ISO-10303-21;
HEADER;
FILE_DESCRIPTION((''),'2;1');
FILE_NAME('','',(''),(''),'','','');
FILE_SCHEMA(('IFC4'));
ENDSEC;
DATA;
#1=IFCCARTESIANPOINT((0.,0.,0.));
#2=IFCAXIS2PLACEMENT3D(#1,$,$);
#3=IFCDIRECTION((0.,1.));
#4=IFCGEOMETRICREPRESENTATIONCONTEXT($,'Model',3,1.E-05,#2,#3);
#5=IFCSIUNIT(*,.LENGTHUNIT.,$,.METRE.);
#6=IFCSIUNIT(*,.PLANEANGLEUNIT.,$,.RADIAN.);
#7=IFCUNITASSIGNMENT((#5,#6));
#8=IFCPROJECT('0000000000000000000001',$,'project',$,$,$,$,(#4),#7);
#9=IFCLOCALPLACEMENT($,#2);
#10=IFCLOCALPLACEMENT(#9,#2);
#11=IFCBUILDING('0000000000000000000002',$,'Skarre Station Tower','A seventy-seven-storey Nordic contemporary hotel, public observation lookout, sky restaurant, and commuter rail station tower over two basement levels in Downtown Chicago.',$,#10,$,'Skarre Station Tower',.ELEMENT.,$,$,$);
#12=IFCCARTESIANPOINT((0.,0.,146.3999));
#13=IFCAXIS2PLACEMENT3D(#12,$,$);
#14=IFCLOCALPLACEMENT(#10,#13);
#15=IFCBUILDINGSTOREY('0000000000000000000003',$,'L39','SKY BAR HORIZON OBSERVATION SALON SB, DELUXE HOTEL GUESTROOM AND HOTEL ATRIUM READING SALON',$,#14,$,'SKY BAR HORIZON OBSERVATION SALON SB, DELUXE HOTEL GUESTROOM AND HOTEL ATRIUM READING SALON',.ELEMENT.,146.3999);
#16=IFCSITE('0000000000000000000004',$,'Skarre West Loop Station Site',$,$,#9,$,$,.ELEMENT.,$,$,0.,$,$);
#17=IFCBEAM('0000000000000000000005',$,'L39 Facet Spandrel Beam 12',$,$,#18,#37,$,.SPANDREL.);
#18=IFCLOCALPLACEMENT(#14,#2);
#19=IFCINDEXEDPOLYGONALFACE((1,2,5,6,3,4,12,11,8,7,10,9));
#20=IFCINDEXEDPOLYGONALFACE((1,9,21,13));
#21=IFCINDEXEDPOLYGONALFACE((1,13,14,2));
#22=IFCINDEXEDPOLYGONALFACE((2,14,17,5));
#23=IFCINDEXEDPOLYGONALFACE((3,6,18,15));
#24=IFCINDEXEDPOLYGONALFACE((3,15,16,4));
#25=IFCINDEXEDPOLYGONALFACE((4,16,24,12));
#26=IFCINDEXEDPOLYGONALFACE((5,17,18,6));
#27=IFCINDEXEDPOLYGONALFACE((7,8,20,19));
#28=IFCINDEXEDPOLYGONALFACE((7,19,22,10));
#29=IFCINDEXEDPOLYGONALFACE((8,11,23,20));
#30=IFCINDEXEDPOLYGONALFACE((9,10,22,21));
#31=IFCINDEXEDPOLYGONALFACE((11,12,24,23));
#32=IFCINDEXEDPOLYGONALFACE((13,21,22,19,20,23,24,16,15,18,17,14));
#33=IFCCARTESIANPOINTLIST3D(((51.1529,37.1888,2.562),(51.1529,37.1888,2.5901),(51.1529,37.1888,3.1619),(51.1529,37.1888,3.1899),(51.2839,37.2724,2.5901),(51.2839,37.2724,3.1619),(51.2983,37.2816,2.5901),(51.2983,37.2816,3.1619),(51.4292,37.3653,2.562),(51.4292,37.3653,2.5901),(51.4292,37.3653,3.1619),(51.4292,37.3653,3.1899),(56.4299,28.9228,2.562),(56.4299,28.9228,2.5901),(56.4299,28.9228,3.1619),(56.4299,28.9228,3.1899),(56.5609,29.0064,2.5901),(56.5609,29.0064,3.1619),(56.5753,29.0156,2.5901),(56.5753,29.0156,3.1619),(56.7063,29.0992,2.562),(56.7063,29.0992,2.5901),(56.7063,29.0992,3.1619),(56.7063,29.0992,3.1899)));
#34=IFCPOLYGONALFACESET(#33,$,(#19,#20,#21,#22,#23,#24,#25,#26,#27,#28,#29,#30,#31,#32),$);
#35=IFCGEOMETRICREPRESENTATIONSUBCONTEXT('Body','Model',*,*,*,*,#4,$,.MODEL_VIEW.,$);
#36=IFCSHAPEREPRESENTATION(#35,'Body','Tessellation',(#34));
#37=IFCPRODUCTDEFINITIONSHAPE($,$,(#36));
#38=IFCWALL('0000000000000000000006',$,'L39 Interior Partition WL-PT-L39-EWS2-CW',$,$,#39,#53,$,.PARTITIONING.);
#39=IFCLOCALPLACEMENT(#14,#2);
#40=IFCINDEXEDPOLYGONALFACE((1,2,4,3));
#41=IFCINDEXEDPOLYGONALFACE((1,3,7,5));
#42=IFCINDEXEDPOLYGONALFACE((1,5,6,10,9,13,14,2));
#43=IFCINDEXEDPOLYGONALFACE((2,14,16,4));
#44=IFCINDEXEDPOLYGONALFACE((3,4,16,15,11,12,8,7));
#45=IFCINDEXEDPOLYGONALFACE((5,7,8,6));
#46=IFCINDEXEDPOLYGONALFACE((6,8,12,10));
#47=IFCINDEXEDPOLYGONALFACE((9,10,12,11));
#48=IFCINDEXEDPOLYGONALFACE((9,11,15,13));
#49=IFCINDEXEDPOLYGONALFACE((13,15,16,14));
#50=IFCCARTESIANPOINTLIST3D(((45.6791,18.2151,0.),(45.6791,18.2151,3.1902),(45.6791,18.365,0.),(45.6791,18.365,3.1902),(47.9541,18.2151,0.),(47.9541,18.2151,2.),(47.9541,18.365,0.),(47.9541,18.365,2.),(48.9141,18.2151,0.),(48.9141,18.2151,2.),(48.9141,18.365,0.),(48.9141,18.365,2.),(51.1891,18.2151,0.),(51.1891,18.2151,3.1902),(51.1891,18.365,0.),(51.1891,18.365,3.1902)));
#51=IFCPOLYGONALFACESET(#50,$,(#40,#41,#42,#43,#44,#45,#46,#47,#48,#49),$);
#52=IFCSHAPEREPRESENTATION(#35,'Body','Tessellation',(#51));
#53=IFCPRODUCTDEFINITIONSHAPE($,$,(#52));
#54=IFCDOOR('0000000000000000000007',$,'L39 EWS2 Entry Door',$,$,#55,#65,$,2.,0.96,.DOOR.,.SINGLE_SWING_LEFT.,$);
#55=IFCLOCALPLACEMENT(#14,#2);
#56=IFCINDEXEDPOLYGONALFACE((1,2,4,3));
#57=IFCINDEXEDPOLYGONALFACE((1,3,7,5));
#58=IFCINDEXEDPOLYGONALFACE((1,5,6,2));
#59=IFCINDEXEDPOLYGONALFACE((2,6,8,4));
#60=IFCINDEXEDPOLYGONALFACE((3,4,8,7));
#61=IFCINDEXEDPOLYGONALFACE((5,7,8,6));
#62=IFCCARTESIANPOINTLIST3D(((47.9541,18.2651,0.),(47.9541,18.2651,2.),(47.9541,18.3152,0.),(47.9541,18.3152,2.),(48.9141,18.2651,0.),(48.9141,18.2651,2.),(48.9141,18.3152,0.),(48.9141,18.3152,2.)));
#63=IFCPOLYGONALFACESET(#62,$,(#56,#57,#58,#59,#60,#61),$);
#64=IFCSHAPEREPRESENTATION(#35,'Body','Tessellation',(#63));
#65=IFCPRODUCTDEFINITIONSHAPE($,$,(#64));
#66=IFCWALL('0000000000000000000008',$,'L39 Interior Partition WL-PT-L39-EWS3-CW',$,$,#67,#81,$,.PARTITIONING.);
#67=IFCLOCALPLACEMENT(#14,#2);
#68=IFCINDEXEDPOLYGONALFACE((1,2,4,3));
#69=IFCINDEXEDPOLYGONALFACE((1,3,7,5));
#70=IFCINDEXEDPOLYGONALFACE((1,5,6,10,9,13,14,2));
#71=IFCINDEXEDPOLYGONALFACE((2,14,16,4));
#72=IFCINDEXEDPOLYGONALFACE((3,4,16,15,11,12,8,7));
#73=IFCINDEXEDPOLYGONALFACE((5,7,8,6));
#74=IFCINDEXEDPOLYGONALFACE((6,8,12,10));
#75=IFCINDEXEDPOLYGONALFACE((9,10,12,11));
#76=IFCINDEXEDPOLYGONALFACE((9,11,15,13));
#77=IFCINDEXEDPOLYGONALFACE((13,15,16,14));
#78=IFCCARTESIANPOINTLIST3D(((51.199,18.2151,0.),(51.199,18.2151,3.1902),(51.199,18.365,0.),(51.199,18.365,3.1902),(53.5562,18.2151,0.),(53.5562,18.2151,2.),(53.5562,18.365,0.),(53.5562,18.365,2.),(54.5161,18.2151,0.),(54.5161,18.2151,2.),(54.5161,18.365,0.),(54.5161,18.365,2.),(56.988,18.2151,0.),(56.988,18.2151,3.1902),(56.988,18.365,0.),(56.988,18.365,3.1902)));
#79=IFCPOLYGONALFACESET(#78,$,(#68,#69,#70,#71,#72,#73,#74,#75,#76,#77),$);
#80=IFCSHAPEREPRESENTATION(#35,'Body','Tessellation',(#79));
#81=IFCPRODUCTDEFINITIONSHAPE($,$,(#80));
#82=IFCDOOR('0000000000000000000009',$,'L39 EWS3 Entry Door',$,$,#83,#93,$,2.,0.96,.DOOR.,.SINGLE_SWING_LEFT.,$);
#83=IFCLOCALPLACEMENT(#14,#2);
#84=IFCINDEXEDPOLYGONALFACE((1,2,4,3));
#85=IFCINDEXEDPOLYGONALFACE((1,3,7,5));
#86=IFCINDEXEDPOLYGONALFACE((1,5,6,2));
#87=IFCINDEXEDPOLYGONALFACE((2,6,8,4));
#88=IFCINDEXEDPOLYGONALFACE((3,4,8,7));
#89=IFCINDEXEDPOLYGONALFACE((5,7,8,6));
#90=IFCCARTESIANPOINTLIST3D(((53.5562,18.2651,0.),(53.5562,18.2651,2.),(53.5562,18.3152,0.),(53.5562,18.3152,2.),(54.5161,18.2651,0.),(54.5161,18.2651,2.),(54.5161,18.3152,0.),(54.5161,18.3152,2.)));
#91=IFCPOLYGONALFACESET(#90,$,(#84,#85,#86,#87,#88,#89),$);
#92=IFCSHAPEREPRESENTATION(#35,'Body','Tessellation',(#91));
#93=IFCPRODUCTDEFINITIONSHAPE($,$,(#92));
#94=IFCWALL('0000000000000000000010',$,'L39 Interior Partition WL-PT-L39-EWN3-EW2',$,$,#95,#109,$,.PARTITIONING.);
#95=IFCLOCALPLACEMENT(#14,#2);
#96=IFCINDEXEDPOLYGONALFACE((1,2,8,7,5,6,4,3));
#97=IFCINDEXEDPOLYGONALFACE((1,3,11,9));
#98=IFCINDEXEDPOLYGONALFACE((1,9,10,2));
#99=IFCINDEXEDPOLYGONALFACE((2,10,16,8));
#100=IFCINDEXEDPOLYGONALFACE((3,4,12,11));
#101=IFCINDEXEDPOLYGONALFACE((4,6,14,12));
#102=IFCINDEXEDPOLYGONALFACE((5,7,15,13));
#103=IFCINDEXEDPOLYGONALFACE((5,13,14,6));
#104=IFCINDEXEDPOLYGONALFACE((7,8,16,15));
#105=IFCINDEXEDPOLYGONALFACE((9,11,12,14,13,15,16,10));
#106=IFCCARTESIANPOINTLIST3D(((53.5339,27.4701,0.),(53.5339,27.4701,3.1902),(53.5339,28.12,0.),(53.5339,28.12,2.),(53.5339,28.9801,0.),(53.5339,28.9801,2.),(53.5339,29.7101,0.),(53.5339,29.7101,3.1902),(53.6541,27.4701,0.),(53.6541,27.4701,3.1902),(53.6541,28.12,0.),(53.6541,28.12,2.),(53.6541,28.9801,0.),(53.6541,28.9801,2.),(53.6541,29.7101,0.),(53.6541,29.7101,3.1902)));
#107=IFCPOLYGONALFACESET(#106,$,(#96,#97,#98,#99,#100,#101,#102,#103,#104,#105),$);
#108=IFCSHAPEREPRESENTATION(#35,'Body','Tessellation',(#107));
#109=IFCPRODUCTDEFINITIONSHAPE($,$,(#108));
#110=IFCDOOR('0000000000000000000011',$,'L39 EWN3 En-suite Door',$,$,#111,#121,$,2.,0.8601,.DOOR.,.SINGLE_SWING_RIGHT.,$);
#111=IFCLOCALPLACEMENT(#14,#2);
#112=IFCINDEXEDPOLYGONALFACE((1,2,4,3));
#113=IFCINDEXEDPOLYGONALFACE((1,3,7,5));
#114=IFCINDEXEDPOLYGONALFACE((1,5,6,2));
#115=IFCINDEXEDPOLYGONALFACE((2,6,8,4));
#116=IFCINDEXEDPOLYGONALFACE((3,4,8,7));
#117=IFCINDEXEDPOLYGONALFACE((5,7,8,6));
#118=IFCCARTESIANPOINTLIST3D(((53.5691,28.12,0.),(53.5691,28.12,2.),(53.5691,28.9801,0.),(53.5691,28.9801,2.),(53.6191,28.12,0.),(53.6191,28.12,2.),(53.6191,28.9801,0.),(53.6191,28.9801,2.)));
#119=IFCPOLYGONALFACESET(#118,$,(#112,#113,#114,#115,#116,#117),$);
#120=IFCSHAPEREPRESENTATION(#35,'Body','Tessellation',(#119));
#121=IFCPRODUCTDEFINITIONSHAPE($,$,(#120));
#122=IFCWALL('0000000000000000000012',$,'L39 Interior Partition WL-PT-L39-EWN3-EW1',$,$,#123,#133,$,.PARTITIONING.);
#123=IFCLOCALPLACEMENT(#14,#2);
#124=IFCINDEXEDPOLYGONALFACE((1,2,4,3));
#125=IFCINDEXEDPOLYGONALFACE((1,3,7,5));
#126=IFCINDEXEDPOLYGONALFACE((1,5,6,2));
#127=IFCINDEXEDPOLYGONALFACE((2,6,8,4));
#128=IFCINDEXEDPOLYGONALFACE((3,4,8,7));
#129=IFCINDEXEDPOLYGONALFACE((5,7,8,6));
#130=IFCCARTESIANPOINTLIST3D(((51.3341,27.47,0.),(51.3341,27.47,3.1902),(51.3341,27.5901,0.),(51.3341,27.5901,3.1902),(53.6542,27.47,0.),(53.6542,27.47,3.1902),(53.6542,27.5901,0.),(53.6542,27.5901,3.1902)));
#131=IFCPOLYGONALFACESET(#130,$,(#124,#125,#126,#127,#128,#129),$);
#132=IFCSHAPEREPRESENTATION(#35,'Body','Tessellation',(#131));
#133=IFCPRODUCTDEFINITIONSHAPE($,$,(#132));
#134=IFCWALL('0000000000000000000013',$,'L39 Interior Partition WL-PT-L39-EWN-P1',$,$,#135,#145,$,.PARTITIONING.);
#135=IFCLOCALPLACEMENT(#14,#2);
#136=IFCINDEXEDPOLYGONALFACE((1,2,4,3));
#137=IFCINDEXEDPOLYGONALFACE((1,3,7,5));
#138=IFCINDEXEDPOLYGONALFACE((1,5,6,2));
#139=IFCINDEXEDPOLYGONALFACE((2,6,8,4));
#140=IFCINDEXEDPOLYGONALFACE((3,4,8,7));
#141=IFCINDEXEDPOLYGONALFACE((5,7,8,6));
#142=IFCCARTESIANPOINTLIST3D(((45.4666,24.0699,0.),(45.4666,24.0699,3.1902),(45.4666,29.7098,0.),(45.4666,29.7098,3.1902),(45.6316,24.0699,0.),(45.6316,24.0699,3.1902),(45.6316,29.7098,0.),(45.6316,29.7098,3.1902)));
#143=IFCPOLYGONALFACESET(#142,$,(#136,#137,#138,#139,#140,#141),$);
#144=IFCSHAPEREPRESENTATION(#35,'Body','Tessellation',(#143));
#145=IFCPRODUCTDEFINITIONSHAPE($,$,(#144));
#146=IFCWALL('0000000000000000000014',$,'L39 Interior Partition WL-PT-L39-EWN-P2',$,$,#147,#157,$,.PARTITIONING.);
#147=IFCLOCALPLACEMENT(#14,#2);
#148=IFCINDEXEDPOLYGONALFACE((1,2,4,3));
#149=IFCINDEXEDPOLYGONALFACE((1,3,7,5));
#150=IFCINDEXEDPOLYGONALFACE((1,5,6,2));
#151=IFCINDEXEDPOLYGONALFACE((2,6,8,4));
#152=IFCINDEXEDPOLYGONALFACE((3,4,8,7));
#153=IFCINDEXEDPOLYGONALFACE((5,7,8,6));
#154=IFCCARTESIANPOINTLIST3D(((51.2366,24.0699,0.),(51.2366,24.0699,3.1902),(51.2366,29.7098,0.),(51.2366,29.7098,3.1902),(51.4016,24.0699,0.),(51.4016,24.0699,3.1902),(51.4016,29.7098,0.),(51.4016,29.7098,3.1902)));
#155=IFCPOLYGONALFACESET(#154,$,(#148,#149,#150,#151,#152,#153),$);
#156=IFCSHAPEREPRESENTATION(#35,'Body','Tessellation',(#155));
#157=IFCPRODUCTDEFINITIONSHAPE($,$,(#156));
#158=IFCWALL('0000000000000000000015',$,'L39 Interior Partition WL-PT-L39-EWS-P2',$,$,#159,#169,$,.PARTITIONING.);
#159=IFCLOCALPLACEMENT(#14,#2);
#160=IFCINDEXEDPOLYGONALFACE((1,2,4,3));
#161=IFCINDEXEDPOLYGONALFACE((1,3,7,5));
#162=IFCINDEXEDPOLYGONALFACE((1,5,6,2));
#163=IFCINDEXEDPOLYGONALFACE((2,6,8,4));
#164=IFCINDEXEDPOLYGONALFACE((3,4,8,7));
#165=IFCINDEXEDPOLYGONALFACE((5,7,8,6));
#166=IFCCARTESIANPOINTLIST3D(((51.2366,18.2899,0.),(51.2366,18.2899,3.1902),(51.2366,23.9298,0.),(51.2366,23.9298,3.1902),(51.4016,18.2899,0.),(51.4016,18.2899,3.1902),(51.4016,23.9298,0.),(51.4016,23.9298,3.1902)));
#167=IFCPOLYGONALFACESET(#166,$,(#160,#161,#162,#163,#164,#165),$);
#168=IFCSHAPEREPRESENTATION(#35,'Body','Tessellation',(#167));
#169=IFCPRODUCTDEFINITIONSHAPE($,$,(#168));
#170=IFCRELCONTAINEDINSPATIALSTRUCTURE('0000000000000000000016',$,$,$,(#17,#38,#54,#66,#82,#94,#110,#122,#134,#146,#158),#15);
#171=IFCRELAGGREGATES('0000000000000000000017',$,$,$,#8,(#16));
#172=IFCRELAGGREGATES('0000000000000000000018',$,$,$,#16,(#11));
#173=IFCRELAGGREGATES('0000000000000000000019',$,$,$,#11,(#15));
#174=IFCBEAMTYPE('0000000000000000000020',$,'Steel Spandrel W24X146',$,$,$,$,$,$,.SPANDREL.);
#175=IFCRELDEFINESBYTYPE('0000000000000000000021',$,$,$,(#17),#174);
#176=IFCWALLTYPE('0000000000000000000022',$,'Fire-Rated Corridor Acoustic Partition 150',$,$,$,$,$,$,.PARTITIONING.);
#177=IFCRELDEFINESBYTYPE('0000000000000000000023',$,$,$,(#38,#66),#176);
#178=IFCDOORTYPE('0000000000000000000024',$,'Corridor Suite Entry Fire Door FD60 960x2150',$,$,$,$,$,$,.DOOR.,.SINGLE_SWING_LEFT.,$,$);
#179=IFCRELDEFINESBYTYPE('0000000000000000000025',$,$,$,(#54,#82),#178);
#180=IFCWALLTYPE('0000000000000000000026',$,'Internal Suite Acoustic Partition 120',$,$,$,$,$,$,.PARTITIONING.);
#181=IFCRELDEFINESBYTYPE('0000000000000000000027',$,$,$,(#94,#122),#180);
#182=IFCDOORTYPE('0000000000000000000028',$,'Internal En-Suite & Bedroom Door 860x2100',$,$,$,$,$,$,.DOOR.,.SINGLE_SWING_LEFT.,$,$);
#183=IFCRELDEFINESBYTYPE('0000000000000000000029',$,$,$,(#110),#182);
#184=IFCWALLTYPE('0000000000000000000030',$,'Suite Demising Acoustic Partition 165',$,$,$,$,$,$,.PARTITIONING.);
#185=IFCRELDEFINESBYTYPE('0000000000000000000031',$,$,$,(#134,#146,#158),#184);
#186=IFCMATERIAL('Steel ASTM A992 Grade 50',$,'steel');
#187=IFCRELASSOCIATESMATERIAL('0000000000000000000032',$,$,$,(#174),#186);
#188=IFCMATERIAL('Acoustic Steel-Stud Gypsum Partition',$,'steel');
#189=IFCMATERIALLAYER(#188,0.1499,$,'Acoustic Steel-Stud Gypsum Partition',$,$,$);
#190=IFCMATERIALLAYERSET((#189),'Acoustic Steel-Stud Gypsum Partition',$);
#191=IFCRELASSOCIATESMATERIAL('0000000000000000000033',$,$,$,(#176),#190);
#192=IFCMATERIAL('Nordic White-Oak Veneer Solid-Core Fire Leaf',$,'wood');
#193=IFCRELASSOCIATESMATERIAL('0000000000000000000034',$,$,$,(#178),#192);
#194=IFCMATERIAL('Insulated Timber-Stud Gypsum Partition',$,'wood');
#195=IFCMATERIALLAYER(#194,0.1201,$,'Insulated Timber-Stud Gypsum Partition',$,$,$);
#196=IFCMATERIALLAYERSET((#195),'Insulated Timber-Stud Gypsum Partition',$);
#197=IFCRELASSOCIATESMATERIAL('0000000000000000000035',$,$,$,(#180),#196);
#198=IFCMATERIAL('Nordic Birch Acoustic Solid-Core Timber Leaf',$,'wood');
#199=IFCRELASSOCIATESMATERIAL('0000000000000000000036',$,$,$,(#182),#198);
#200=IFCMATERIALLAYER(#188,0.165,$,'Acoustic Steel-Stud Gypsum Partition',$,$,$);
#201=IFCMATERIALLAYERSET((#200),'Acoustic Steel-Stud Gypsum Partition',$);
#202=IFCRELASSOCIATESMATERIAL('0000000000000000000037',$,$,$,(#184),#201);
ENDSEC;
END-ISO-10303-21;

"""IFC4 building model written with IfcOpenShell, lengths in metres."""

from ifc_helpers import new_model, si_unit, direction, frame, frame_2d, origin, origin_2d, place, context, subcontext, project, spatial, rectangle, i_section, extrude, material, layer, layer_set, material_profile, profile_set, type_object, element, fill, save


model = new_model("IFC4")

# Units and contexts
model_context = context("Model", 3, precision=1e-05, world=origin(), true_north=direction((0.0, 1.0)))
body_context = subcontext(model_context, "Body", "Model", "MODEL_VIEW")
ifc_project = project(units=[si_unit("LENGTHUNIT", "METRE"), si_unit("PLANEANGLEUNIT", "RADIAN")], contexts=[model_context])

# Site, building, storey
site_placement = place(None, origin())
site = spatial("IfcSite", under=ifc_project, at=site_placement, Name="Skarre West Loop Station Site", CompositionType="ELEMENT", RefElevation=0.0)
building_placement = place(site_placement, origin())
building = spatial("IfcBuilding", under=site, at=building_placement, Name="Skarre Station Tower", Description="A seventy-seven-storey Nordic contemporary hotel, public observation lookout, sky restaurant, and commuter rail station tower over two basement levels in Downtown Chicago.", LongName="Skarre Station Tower", CompositionType="ELEMENT")
storey_placement = place(building_placement, frame((0.0, 0.0, 146.3999)))
storey = spatial("IfcBuildingStorey", under=building, at=storey_placement, Name="L39", Description="SKY BAR HORIZON OBSERVATION SALON SB, DELUXE HOTEL GUESTROOM AND HOTEL ATRIUM READING SALON", LongName="SKY BAR HORIZON OBSERVATION SALON SB, DELUXE HOTEL GUESTROOM AND HOTEL ATRIUM READING SALON", CompositionType="ELEMENT", Elevation=146.3999)

# Beam
ifc_material_1 = material(Name="Steel ASTM A992 Grade 50", Category="steel")
ifc_material_profile_1 = material_profile(ifc_material_1, i_section(OverallWidth=0.3279, OverallDepth=0.6279, WebThickness=0.0171, FlangeThickness=0.0281, at=origin_2d()), Name="Steel ASTM A992 Grade 50")
ifc_profile_set_1 = profile_set([ifc_material_profile_1], Name="Steel ASTM A992 Grade 50")
beam_type_1 = type_object("IfcBeamType", Name="Steel Spandrel W24X146", PredefinedType="SPANDREL", material=ifc_profile_set_1)
beam_1_placement = place(storey_placement, frame((56.5681, 29.011, 2.876), z_axis=(-0.538098, 0.842883, 0.0), x_axis=(-0.842883, -0.538098, 0.0)))
element("IfcBeam", 1, at=beam_1_placement, inside=storey, type_object=beam_type_1, Name="L39 Facet Spandrel Beam 12", PredefinedType="SPANDREL", context=body_context, shape_type="SweptSolid", body=[
    extrude(i_section(OverallWidth=0.3279, OverallDepth=0.6279, WebThickness=0.0171, FlangeThickness=0.0281, at=origin_2d()), origin(), (0.0, 0.0, 1.0), 9.8069),
])

# Walls, openings, doors
ifc_material_2 = material(Name="Acoustic Steel-Stud Gypsum Partition", Category="steel")
ifc_layer_1 = layer(ifc_material_2, 0.1499, Name="Acoustic Steel-Stud Gypsum Partition")
ifc_layer_set_1 = layer_set([ifc_layer_1], Name="Acoustic Steel-Stud Gypsum Partition")
wall_type_1 = type_object("IfcWallType", Name="Fire-Rated Corridor Acoustic Partition 150", PredefinedType="PARTITIONING", material=ifc_layer_set_1)
wall_1_placement = place(storey_placement, frame((51.189, 18.29, 0.0), z_axis=(0.0, 0.0, 1.0), x_axis=(-1.0, 0.0, 0.0)))
wall_1 = element("IfcWall", 2, at=wall_1_placement, inside=storey, type_object=wall_type_1, Name="L39 Interior Partition WL-PT-L39-EWS2-CW", PredefinedType="PARTITIONING", context=body_context, shape_type="SweptSolid", body=[
    extrude(rectangle(XDim=5.51, YDim=0.1499, at=frame_2d((2.7549, 0.0))), origin(), (0.0, 0.0, 1.0), 3.1902),
])
opening_1_placement = place(wall_1_placement, frame((2.2749, 0.0, 0.0)))
opening_1 = element("IfcOpeningElement", 3, at=opening_1_placement, cuts=wall_1, PredefinedType="OPENING", context=body_context, shape_type="SweptSolid", body=[
    extrude(rectangle(XDim=0.96, YDim=2.0, at=frame_2d((0.48, 1.0))), frame((0.0, 0.085, 0.0), z_axis=(0.0, -1.0, 0.0), x_axis=(1.0, 0.0, 0.0)), (0.0, 0.0, 1.0), 0.1699),
])
ifc_material_3 = material(Name="Nordic White-Oak Veneer Solid-Core Fire Leaf", Category="wood")
door_type_1 = type_object("IfcDoorType", Name="Corridor Suite Entry Fire Door FD60 960x2150", OperationType="SINGLE_SWING_LEFT", PredefinedType="DOOR", material=ifc_material_3)
door_1_placement = place(opening_1_placement, origin())
door_1 = element("IfcDoor", 4, at=door_1_placement, inside=storey, type_object=door_type_1, Name="L39 EWS2 Entry Door", OperationType="SINGLE_SWING_LEFT", OverallHeight=2.0, OverallWidth=0.96, PredefinedType="DOOR", context=body_context, shape_type="SweptSolid", body=[
    extrude(rectangle(XDim=0.96, YDim=2.0, at=frame_2d((0.48, 1.0))), frame((0.0, 0.0249, 0.0), z_axis=(0.0, -1.0, 0.0), x_axis=(1.0, 0.0, 0.0)), (0.0, 0.0, 1.0), 0.05),
])
fill(opening_1, door_1)
wall_2_placement = place(storey_placement, frame((56.988, 18.29, 0.0), z_axis=(0.0, 0.0, 1.0), x_axis=(-1.0, 0.0, 0.0)))
wall_2 = element("IfcWall", 5, at=wall_2_placement, inside=storey, type_object=wall_type_1, Name="L39 Interior Partition WL-PT-L39-EWS3-CW", PredefinedType="PARTITIONING", context=body_context, shape_type="SweptSolid", body=[
    extrude(rectangle(XDim=5.7891, YDim=0.1499, at=frame_2d((2.8945, 0.0))), origin(), (0.0, 0.0, 1.0), 3.1902),
])
opening_2_placement = place(wall_2_placement, frame((2.4719, 0.0, 0.0)))
opening_2 = element("IfcOpeningElement", 6, at=opening_2_placement, cuts=wall_2, PredefinedType="OPENING", context=body_context, shape_type="SweptSolid", body=[
    extrude(rectangle(XDim=0.96, YDim=2.0, at=frame_2d((0.48, 1.0))), frame((0.0, 0.085, 0.0), z_axis=(0.0, -1.0, 0.0), x_axis=(1.0, 0.0, 0.0)), (0.0, 0.0, 1.0), 0.1699),
])
door_2_placement = place(opening_2_placement, origin())
door_2 = element("IfcDoor", 7, at=door_2_placement, inside=storey, type_object=door_type_1, Name="L39 EWS3 Entry Door", OperationType="SINGLE_SWING_LEFT", OverallHeight=2.0, OverallWidth=0.96, PredefinedType="DOOR", context=body_context, shape_type="SweptSolid", body=[
    extrude(rectangle(XDim=0.96, YDim=2.0, at=frame_2d((0.48, 1.0))), frame((0.0, 0.0249, 0.0), z_axis=(0.0, -1.0, 0.0), x_axis=(1.0, 0.0, 0.0)), (0.0, 0.0, 1.0), 0.05),
])
fill(opening_2, door_2)
ifc_material_4 = material(Name="Insulated Timber-Stud Gypsum Partition", Category="wood")
ifc_layer_2 = layer(ifc_material_4, 0.1201, Name="Insulated Timber-Stud Gypsum Partition")
ifc_layer_set_2 = layer_set([ifc_layer_2], Name="Insulated Timber-Stud Gypsum Partition")
wall_type_2 = type_object("IfcWallType", Name="Internal Suite Acoustic Partition 120", PredefinedType="PARTITIONING", material=ifc_layer_set_2)
wall_3_placement = place(storey_placement, frame((53.594, 27.47, 0.0), z_axis=(0.0, 0.0, 1.0), x_axis=(0.0, 1.0, 0.0)))
wall_3 = element("IfcWall", 8, at=wall_3_placement, inside=storey, type_object=wall_type_2, Name="L39 Interior Partition WL-PT-L39-EWN3-EW2", PredefinedType="PARTITIONING", context=body_context, shape_type="SweptSolid", body=[
    extrude(rectangle(XDim=2.24, YDim=0.1201, at=frame_2d((1.1201, 0.0))), origin(), (0.0, 0.0, 1.0), 3.1902),
])
opening_3_placement = place(wall_3_placement, frame((0.6499, 0.0, 0.0)))
opening_3 = element("IfcOpeningElement", 9, at=opening_3_placement, cuts=wall_3, PredefinedType="OPENING", context=body_context, shape_type="SweptSolid", body=[
    extrude(rectangle(XDim=0.8601, YDim=2.0, at=frame_2d((0.4302, 1.0))), frame((0.0, 0.0701, 0.0), z_axis=(0.0, -1.0, 0.0), x_axis=(1.0, 0.0, 0.0)), (0.0, 0.0, 1.0), 0.1401),
])
ifc_material_5 = material(Name="Nordic Birch Acoustic Solid-Core Timber Leaf", Category="wood")
door_type_2 = type_object("IfcDoorType", Name="Internal En-Suite & Bedroom Door 860x2100", OperationType="SINGLE_SWING_LEFT", PredefinedType="DOOR", material=ifc_material_5)
door_3_placement = place(opening_3_placement, origin())
door_3 = element("IfcDoor", 10, at=door_3_placement, inside=storey, type_object=door_type_2, Name="L39 EWN3 En-suite Door", OperationType="SINGLE_SWING_RIGHT", OverallHeight=2.0, OverallWidth=0.8601, PredefinedType="DOOR", context=body_context, shape_type="SweptSolid", body=[
    extrude(rectangle(XDim=0.8601, YDim=2.0, at=frame_2d((0.4302, 1.0))), frame((0.0, 0.0249, 0.0), z_axis=(0.0, -1.0, 0.0), x_axis=(1.0, 0.0, 0.0)), (0.0, 0.0, 1.0), 0.05),
])
fill(opening_3, door_3)

# Walls
wall_4_placement = place(storey_placement, frame((51.334, 27.53, 0.0), z_axis=(0.0, 0.0, 1.0), x_axis=(1.0, 0.0, 0.0)))
element("IfcWall", 11, at=wall_4_placement, inside=storey, type_object=wall_type_2, Name="L39 Interior Partition WL-PT-L39-EWN3-EW1", PredefinedType="PARTITIONING", context=body_context, shape_type="SweptSolid", body=[
    extrude(rectangle(XDim=2.3201, YDim=0.1201, at=frame_2d((1.1602, 0.0))), origin(), (0.0, 0.0, 1.0), 3.1902),
])
ifc_layer_3 = layer(ifc_material_2, 0.165, Name="Acoustic Steel-Stud Gypsum Partition")
ifc_layer_set_3 = layer_set([ifc_layer_3], Name="Acoustic Steel-Stud Gypsum Partition")
wall_type_3 = type_object("IfcWallType", Name="Suite Demising Acoustic Partition 165", PredefinedType="PARTITIONING", material=ifc_layer_set_3)
for number, where, z_axis, x_axis, name in (
    (12, (45.5491, 24.0701, 0.0), (0.0, 0.0, 1.0), (0.0, 1.0, 0.0), "L39 Interior Partition WL-PT-L39-EWN-P1"),
    (13, (51.3191, 24.0701, 0.0), (0.0, 0.0, 1.0), (0.0, 1.0, 0.0), "L39 Interior Partition WL-PT-L39-EWN-P2"),
    (14, (51.3191, 18.29, 0.0), (0.0, 0.0, 1.0), (0.0, 1.0, 0.0), "L39 Interior Partition WL-PT-L39-EWS-P2"),
):
    element("IfcWall", number, at=place(storey_placement, frame(where, z_axis=z_axis, x_axis=x_axis)), inside=storey, type_object=wall_type_3, Name=name, PredefinedType="PARTITIONING", context=body_context, shape_type="SweptSolid", body=[
        extrude(rectangle(XDim=5.6399, YDim=0.165, at=frame_2d((2.8198, 0.0))), origin(), (0.0, 0.0, 1.0), 3.1902),
    ])

save(model, "model.ifc")
